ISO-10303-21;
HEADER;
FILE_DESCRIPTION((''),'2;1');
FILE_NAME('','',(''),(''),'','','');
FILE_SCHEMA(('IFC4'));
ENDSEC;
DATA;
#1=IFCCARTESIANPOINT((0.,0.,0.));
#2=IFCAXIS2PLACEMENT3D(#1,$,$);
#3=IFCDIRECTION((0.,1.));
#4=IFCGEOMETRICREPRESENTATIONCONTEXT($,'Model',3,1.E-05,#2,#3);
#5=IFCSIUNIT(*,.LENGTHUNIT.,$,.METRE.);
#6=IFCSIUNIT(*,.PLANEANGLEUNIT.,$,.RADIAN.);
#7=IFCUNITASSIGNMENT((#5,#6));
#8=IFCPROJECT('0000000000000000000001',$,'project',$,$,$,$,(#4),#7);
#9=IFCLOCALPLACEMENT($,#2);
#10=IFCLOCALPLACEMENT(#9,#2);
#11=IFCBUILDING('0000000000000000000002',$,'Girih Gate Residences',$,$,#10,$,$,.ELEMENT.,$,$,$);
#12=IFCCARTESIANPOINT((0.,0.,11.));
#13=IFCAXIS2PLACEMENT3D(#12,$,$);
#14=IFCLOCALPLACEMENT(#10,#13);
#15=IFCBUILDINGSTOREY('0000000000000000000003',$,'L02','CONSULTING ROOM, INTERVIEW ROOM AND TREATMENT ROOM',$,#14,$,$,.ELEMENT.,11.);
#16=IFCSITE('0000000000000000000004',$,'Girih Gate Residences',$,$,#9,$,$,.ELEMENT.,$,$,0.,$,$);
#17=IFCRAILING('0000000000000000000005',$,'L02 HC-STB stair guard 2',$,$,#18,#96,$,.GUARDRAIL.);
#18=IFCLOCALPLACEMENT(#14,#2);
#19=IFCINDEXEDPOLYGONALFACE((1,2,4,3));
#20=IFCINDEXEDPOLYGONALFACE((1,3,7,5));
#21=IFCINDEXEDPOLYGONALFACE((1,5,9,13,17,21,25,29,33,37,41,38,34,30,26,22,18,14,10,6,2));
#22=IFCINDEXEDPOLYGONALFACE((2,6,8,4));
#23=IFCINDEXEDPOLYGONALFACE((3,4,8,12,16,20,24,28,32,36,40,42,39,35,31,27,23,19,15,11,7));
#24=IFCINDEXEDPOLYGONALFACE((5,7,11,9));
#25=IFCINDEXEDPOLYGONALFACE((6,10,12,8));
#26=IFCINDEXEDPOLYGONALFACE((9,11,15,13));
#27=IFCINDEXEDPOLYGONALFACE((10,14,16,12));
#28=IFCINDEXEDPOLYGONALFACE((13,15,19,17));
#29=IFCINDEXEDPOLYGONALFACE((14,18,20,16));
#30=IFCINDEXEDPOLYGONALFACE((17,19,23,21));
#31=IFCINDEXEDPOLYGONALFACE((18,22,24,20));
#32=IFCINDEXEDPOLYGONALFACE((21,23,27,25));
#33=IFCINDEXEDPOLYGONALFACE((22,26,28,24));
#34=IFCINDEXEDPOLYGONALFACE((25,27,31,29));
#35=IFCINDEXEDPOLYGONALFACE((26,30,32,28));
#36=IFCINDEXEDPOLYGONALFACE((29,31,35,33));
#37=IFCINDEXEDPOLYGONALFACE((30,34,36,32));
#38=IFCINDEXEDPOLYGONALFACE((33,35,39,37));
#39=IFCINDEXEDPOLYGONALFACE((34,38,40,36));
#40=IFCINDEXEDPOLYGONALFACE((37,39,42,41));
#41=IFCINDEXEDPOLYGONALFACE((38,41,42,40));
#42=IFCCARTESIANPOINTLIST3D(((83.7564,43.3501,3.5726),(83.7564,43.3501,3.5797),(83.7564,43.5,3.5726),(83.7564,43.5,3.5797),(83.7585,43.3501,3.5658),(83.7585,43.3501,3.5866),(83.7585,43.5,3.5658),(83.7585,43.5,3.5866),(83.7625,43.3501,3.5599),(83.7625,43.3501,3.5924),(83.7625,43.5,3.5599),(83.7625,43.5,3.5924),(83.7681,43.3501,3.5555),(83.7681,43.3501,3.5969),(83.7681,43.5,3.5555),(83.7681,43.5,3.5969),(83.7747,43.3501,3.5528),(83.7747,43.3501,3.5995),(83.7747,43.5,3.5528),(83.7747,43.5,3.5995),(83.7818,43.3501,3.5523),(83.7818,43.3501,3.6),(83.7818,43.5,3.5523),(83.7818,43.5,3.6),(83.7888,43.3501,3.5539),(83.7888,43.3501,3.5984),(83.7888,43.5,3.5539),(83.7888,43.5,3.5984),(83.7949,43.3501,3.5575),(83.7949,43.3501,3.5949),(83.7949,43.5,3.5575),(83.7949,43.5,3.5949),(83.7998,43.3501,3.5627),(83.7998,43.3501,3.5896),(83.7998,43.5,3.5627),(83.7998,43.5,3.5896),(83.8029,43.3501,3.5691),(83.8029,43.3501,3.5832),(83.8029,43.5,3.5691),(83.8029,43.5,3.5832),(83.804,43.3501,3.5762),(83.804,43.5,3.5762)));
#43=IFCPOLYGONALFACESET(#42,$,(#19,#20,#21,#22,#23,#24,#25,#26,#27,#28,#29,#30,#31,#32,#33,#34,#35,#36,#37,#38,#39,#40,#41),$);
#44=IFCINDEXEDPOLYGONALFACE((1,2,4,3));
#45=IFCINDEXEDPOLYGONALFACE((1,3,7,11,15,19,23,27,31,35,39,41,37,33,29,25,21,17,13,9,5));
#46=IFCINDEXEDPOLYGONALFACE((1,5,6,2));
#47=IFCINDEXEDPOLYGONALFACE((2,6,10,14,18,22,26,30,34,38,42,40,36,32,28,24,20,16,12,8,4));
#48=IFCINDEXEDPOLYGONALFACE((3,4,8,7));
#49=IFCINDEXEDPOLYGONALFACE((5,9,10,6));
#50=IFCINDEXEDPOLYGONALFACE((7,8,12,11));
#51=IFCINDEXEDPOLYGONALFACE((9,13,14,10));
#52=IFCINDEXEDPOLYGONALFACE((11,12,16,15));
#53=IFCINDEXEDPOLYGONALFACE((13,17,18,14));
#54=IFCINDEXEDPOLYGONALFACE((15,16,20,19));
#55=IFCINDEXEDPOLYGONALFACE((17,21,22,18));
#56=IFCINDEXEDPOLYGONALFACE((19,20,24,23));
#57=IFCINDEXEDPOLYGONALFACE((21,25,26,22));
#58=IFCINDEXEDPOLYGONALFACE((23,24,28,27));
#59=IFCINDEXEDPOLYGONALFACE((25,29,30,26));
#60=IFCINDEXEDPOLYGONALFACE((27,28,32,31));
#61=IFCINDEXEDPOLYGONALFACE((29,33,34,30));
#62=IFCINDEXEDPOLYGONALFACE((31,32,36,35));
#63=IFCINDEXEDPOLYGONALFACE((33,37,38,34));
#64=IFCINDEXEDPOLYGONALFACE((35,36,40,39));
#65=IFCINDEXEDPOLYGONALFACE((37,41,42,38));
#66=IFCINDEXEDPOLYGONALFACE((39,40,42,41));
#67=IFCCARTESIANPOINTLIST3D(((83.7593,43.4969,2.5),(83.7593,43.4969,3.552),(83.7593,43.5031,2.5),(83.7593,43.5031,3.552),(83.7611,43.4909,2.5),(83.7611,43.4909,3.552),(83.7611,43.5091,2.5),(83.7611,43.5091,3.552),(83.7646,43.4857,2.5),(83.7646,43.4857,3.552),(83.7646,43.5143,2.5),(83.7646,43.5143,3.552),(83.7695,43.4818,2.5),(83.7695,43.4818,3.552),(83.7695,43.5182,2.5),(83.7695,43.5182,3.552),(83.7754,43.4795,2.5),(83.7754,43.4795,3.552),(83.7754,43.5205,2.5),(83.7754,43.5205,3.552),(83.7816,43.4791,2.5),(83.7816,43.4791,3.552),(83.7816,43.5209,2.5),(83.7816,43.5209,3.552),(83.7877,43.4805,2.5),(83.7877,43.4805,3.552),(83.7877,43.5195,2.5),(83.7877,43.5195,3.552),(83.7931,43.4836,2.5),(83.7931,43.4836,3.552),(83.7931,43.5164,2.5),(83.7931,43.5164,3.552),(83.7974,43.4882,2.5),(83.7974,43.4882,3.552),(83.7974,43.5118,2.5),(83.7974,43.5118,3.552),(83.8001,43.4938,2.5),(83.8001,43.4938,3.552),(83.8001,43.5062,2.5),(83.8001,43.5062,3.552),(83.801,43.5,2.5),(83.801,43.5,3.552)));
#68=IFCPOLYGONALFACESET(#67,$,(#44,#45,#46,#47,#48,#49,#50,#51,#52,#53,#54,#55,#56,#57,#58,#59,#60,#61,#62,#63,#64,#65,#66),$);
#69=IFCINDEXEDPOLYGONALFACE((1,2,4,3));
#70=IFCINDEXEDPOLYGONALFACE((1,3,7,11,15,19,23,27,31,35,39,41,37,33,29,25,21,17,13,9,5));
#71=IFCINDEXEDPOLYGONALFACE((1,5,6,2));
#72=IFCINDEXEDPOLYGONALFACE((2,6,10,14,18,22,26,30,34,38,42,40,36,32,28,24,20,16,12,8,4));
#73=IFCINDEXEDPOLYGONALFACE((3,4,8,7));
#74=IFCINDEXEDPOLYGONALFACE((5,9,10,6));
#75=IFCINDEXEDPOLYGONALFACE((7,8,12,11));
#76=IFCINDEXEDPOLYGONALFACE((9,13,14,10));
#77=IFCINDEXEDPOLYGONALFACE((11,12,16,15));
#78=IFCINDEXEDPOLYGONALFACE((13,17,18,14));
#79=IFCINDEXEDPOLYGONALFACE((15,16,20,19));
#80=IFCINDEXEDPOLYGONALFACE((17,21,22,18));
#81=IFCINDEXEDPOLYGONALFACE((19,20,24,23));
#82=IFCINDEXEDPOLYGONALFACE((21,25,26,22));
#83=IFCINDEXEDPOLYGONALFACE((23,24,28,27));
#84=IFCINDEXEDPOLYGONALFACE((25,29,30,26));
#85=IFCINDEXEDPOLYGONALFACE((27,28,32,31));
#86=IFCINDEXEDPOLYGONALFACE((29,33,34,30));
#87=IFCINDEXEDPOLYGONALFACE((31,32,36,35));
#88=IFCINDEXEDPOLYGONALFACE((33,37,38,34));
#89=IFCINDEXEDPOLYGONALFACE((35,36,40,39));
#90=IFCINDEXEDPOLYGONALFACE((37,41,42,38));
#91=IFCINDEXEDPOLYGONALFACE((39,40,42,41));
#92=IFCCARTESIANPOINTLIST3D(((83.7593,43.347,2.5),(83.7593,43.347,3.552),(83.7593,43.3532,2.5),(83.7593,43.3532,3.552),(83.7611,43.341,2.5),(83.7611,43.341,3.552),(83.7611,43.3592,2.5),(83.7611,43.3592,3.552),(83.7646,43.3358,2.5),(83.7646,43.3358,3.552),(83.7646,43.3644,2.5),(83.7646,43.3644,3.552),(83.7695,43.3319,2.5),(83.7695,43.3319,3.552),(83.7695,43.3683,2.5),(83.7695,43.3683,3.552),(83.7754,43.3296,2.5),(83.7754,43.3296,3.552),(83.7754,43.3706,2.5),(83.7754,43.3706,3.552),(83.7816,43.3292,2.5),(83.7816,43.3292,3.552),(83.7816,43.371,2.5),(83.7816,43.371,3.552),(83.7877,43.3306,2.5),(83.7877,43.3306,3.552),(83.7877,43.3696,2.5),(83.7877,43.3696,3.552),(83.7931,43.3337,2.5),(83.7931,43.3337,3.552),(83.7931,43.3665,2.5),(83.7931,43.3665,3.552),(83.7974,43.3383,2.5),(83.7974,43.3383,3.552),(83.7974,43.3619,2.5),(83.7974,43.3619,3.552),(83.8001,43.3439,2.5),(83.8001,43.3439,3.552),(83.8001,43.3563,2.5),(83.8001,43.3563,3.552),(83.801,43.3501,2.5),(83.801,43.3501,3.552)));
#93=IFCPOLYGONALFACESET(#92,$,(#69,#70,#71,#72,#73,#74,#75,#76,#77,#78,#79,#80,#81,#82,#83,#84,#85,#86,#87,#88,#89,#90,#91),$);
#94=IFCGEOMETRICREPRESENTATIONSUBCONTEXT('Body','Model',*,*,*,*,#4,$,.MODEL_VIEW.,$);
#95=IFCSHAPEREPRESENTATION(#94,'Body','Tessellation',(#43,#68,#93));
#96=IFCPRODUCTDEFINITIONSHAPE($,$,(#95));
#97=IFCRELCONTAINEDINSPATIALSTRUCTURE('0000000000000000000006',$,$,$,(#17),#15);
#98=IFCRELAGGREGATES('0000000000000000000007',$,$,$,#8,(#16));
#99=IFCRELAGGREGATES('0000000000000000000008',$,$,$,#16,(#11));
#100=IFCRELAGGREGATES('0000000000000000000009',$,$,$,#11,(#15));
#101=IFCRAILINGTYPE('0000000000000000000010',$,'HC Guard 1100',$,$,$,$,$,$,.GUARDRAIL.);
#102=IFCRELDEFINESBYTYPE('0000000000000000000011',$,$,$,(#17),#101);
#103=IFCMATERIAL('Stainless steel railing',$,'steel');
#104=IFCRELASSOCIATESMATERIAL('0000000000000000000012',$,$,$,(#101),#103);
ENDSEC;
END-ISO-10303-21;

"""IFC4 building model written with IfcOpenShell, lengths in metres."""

from ifc_helpers import new_model, si_unit, direction, frame, origin, origin_2d, place, context, subcontext, project, spatial, circle, extrude, material, type_object, element, save


model = new_model("IFC4")

# Units and contexts
model_context = context("Model", 3, precision=1e-05, world=origin(), true_north=direction((0.0, 1.0)))
body_context = subcontext(model_context, "Body", "Model", "MODEL_VIEW")
ifc_project = project(units=[si_unit("LENGTHUNIT", "METRE"), si_unit("PLANEANGLEUNIT", "RADIAN")], contexts=[model_context])

# Site, building, storey
site_placement = place(None, origin())
site = spatial("IfcSite", under=ifc_project, at=site_placement, Name="Girih Gate Residences", CompositionType="ELEMENT", RefElevation=0.0)
building_placement = place(site_placement, origin())
building = spatial("IfcBuilding", under=site, at=building_placement, Name="Girih Gate Residences", CompositionType="ELEMENT")
storey_placement = place(building_placement, frame((0.0, 0.0, 11.0)))
storey = spatial("IfcBuildingStorey", under=building, at=storey_placement, Name="L02", Description="CONSULTING ROOM, INTERVIEW ROOM AND TREATMENT ROOM", CompositionType="ELEMENT", Elevation=11.0)

# Railing
ifc_material_1 = material(Name="Stainless steel railing", Category="steel")
railing_type_1 = type_object("IfcRailingType", Name="HC Guard 1100", PredefinedType="GUARDRAIL", material=ifc_material_1)
railing_1_placement = place(storey_placement, frame((83.78, 43.5, 2.5)))
element("IfcRailing", 1, at=railing_1_placement, inside=storey, type_object=railing_type_1, Name="L02 HC-STB stair guard 2", PredefinedType="GUARDRAIL", context=body_context, shape_type="SweptSolid", body=[
    extrude(circle(Radius=0.0239, at=origin_2d()), frame((0.0, 0.0, 1.0762), z_axis=(0.0, -1.0, 0.0), x_axis=(1.0, 0.0, 0.0)), (0.0, 0.0, 1.0), 0.1499),
    extrude(circle(Radius=0.021, at=origin_2d()), origin(), (0.0, 0.0, 1.0), 1.052),
    extrude(circle(Radius=0.021, at=origin_2d()), frame((0.0, -0.1499, 0.0)), (0.0, 0.0, 1.0), 1.052),
])

save(model, "model.ifc")
